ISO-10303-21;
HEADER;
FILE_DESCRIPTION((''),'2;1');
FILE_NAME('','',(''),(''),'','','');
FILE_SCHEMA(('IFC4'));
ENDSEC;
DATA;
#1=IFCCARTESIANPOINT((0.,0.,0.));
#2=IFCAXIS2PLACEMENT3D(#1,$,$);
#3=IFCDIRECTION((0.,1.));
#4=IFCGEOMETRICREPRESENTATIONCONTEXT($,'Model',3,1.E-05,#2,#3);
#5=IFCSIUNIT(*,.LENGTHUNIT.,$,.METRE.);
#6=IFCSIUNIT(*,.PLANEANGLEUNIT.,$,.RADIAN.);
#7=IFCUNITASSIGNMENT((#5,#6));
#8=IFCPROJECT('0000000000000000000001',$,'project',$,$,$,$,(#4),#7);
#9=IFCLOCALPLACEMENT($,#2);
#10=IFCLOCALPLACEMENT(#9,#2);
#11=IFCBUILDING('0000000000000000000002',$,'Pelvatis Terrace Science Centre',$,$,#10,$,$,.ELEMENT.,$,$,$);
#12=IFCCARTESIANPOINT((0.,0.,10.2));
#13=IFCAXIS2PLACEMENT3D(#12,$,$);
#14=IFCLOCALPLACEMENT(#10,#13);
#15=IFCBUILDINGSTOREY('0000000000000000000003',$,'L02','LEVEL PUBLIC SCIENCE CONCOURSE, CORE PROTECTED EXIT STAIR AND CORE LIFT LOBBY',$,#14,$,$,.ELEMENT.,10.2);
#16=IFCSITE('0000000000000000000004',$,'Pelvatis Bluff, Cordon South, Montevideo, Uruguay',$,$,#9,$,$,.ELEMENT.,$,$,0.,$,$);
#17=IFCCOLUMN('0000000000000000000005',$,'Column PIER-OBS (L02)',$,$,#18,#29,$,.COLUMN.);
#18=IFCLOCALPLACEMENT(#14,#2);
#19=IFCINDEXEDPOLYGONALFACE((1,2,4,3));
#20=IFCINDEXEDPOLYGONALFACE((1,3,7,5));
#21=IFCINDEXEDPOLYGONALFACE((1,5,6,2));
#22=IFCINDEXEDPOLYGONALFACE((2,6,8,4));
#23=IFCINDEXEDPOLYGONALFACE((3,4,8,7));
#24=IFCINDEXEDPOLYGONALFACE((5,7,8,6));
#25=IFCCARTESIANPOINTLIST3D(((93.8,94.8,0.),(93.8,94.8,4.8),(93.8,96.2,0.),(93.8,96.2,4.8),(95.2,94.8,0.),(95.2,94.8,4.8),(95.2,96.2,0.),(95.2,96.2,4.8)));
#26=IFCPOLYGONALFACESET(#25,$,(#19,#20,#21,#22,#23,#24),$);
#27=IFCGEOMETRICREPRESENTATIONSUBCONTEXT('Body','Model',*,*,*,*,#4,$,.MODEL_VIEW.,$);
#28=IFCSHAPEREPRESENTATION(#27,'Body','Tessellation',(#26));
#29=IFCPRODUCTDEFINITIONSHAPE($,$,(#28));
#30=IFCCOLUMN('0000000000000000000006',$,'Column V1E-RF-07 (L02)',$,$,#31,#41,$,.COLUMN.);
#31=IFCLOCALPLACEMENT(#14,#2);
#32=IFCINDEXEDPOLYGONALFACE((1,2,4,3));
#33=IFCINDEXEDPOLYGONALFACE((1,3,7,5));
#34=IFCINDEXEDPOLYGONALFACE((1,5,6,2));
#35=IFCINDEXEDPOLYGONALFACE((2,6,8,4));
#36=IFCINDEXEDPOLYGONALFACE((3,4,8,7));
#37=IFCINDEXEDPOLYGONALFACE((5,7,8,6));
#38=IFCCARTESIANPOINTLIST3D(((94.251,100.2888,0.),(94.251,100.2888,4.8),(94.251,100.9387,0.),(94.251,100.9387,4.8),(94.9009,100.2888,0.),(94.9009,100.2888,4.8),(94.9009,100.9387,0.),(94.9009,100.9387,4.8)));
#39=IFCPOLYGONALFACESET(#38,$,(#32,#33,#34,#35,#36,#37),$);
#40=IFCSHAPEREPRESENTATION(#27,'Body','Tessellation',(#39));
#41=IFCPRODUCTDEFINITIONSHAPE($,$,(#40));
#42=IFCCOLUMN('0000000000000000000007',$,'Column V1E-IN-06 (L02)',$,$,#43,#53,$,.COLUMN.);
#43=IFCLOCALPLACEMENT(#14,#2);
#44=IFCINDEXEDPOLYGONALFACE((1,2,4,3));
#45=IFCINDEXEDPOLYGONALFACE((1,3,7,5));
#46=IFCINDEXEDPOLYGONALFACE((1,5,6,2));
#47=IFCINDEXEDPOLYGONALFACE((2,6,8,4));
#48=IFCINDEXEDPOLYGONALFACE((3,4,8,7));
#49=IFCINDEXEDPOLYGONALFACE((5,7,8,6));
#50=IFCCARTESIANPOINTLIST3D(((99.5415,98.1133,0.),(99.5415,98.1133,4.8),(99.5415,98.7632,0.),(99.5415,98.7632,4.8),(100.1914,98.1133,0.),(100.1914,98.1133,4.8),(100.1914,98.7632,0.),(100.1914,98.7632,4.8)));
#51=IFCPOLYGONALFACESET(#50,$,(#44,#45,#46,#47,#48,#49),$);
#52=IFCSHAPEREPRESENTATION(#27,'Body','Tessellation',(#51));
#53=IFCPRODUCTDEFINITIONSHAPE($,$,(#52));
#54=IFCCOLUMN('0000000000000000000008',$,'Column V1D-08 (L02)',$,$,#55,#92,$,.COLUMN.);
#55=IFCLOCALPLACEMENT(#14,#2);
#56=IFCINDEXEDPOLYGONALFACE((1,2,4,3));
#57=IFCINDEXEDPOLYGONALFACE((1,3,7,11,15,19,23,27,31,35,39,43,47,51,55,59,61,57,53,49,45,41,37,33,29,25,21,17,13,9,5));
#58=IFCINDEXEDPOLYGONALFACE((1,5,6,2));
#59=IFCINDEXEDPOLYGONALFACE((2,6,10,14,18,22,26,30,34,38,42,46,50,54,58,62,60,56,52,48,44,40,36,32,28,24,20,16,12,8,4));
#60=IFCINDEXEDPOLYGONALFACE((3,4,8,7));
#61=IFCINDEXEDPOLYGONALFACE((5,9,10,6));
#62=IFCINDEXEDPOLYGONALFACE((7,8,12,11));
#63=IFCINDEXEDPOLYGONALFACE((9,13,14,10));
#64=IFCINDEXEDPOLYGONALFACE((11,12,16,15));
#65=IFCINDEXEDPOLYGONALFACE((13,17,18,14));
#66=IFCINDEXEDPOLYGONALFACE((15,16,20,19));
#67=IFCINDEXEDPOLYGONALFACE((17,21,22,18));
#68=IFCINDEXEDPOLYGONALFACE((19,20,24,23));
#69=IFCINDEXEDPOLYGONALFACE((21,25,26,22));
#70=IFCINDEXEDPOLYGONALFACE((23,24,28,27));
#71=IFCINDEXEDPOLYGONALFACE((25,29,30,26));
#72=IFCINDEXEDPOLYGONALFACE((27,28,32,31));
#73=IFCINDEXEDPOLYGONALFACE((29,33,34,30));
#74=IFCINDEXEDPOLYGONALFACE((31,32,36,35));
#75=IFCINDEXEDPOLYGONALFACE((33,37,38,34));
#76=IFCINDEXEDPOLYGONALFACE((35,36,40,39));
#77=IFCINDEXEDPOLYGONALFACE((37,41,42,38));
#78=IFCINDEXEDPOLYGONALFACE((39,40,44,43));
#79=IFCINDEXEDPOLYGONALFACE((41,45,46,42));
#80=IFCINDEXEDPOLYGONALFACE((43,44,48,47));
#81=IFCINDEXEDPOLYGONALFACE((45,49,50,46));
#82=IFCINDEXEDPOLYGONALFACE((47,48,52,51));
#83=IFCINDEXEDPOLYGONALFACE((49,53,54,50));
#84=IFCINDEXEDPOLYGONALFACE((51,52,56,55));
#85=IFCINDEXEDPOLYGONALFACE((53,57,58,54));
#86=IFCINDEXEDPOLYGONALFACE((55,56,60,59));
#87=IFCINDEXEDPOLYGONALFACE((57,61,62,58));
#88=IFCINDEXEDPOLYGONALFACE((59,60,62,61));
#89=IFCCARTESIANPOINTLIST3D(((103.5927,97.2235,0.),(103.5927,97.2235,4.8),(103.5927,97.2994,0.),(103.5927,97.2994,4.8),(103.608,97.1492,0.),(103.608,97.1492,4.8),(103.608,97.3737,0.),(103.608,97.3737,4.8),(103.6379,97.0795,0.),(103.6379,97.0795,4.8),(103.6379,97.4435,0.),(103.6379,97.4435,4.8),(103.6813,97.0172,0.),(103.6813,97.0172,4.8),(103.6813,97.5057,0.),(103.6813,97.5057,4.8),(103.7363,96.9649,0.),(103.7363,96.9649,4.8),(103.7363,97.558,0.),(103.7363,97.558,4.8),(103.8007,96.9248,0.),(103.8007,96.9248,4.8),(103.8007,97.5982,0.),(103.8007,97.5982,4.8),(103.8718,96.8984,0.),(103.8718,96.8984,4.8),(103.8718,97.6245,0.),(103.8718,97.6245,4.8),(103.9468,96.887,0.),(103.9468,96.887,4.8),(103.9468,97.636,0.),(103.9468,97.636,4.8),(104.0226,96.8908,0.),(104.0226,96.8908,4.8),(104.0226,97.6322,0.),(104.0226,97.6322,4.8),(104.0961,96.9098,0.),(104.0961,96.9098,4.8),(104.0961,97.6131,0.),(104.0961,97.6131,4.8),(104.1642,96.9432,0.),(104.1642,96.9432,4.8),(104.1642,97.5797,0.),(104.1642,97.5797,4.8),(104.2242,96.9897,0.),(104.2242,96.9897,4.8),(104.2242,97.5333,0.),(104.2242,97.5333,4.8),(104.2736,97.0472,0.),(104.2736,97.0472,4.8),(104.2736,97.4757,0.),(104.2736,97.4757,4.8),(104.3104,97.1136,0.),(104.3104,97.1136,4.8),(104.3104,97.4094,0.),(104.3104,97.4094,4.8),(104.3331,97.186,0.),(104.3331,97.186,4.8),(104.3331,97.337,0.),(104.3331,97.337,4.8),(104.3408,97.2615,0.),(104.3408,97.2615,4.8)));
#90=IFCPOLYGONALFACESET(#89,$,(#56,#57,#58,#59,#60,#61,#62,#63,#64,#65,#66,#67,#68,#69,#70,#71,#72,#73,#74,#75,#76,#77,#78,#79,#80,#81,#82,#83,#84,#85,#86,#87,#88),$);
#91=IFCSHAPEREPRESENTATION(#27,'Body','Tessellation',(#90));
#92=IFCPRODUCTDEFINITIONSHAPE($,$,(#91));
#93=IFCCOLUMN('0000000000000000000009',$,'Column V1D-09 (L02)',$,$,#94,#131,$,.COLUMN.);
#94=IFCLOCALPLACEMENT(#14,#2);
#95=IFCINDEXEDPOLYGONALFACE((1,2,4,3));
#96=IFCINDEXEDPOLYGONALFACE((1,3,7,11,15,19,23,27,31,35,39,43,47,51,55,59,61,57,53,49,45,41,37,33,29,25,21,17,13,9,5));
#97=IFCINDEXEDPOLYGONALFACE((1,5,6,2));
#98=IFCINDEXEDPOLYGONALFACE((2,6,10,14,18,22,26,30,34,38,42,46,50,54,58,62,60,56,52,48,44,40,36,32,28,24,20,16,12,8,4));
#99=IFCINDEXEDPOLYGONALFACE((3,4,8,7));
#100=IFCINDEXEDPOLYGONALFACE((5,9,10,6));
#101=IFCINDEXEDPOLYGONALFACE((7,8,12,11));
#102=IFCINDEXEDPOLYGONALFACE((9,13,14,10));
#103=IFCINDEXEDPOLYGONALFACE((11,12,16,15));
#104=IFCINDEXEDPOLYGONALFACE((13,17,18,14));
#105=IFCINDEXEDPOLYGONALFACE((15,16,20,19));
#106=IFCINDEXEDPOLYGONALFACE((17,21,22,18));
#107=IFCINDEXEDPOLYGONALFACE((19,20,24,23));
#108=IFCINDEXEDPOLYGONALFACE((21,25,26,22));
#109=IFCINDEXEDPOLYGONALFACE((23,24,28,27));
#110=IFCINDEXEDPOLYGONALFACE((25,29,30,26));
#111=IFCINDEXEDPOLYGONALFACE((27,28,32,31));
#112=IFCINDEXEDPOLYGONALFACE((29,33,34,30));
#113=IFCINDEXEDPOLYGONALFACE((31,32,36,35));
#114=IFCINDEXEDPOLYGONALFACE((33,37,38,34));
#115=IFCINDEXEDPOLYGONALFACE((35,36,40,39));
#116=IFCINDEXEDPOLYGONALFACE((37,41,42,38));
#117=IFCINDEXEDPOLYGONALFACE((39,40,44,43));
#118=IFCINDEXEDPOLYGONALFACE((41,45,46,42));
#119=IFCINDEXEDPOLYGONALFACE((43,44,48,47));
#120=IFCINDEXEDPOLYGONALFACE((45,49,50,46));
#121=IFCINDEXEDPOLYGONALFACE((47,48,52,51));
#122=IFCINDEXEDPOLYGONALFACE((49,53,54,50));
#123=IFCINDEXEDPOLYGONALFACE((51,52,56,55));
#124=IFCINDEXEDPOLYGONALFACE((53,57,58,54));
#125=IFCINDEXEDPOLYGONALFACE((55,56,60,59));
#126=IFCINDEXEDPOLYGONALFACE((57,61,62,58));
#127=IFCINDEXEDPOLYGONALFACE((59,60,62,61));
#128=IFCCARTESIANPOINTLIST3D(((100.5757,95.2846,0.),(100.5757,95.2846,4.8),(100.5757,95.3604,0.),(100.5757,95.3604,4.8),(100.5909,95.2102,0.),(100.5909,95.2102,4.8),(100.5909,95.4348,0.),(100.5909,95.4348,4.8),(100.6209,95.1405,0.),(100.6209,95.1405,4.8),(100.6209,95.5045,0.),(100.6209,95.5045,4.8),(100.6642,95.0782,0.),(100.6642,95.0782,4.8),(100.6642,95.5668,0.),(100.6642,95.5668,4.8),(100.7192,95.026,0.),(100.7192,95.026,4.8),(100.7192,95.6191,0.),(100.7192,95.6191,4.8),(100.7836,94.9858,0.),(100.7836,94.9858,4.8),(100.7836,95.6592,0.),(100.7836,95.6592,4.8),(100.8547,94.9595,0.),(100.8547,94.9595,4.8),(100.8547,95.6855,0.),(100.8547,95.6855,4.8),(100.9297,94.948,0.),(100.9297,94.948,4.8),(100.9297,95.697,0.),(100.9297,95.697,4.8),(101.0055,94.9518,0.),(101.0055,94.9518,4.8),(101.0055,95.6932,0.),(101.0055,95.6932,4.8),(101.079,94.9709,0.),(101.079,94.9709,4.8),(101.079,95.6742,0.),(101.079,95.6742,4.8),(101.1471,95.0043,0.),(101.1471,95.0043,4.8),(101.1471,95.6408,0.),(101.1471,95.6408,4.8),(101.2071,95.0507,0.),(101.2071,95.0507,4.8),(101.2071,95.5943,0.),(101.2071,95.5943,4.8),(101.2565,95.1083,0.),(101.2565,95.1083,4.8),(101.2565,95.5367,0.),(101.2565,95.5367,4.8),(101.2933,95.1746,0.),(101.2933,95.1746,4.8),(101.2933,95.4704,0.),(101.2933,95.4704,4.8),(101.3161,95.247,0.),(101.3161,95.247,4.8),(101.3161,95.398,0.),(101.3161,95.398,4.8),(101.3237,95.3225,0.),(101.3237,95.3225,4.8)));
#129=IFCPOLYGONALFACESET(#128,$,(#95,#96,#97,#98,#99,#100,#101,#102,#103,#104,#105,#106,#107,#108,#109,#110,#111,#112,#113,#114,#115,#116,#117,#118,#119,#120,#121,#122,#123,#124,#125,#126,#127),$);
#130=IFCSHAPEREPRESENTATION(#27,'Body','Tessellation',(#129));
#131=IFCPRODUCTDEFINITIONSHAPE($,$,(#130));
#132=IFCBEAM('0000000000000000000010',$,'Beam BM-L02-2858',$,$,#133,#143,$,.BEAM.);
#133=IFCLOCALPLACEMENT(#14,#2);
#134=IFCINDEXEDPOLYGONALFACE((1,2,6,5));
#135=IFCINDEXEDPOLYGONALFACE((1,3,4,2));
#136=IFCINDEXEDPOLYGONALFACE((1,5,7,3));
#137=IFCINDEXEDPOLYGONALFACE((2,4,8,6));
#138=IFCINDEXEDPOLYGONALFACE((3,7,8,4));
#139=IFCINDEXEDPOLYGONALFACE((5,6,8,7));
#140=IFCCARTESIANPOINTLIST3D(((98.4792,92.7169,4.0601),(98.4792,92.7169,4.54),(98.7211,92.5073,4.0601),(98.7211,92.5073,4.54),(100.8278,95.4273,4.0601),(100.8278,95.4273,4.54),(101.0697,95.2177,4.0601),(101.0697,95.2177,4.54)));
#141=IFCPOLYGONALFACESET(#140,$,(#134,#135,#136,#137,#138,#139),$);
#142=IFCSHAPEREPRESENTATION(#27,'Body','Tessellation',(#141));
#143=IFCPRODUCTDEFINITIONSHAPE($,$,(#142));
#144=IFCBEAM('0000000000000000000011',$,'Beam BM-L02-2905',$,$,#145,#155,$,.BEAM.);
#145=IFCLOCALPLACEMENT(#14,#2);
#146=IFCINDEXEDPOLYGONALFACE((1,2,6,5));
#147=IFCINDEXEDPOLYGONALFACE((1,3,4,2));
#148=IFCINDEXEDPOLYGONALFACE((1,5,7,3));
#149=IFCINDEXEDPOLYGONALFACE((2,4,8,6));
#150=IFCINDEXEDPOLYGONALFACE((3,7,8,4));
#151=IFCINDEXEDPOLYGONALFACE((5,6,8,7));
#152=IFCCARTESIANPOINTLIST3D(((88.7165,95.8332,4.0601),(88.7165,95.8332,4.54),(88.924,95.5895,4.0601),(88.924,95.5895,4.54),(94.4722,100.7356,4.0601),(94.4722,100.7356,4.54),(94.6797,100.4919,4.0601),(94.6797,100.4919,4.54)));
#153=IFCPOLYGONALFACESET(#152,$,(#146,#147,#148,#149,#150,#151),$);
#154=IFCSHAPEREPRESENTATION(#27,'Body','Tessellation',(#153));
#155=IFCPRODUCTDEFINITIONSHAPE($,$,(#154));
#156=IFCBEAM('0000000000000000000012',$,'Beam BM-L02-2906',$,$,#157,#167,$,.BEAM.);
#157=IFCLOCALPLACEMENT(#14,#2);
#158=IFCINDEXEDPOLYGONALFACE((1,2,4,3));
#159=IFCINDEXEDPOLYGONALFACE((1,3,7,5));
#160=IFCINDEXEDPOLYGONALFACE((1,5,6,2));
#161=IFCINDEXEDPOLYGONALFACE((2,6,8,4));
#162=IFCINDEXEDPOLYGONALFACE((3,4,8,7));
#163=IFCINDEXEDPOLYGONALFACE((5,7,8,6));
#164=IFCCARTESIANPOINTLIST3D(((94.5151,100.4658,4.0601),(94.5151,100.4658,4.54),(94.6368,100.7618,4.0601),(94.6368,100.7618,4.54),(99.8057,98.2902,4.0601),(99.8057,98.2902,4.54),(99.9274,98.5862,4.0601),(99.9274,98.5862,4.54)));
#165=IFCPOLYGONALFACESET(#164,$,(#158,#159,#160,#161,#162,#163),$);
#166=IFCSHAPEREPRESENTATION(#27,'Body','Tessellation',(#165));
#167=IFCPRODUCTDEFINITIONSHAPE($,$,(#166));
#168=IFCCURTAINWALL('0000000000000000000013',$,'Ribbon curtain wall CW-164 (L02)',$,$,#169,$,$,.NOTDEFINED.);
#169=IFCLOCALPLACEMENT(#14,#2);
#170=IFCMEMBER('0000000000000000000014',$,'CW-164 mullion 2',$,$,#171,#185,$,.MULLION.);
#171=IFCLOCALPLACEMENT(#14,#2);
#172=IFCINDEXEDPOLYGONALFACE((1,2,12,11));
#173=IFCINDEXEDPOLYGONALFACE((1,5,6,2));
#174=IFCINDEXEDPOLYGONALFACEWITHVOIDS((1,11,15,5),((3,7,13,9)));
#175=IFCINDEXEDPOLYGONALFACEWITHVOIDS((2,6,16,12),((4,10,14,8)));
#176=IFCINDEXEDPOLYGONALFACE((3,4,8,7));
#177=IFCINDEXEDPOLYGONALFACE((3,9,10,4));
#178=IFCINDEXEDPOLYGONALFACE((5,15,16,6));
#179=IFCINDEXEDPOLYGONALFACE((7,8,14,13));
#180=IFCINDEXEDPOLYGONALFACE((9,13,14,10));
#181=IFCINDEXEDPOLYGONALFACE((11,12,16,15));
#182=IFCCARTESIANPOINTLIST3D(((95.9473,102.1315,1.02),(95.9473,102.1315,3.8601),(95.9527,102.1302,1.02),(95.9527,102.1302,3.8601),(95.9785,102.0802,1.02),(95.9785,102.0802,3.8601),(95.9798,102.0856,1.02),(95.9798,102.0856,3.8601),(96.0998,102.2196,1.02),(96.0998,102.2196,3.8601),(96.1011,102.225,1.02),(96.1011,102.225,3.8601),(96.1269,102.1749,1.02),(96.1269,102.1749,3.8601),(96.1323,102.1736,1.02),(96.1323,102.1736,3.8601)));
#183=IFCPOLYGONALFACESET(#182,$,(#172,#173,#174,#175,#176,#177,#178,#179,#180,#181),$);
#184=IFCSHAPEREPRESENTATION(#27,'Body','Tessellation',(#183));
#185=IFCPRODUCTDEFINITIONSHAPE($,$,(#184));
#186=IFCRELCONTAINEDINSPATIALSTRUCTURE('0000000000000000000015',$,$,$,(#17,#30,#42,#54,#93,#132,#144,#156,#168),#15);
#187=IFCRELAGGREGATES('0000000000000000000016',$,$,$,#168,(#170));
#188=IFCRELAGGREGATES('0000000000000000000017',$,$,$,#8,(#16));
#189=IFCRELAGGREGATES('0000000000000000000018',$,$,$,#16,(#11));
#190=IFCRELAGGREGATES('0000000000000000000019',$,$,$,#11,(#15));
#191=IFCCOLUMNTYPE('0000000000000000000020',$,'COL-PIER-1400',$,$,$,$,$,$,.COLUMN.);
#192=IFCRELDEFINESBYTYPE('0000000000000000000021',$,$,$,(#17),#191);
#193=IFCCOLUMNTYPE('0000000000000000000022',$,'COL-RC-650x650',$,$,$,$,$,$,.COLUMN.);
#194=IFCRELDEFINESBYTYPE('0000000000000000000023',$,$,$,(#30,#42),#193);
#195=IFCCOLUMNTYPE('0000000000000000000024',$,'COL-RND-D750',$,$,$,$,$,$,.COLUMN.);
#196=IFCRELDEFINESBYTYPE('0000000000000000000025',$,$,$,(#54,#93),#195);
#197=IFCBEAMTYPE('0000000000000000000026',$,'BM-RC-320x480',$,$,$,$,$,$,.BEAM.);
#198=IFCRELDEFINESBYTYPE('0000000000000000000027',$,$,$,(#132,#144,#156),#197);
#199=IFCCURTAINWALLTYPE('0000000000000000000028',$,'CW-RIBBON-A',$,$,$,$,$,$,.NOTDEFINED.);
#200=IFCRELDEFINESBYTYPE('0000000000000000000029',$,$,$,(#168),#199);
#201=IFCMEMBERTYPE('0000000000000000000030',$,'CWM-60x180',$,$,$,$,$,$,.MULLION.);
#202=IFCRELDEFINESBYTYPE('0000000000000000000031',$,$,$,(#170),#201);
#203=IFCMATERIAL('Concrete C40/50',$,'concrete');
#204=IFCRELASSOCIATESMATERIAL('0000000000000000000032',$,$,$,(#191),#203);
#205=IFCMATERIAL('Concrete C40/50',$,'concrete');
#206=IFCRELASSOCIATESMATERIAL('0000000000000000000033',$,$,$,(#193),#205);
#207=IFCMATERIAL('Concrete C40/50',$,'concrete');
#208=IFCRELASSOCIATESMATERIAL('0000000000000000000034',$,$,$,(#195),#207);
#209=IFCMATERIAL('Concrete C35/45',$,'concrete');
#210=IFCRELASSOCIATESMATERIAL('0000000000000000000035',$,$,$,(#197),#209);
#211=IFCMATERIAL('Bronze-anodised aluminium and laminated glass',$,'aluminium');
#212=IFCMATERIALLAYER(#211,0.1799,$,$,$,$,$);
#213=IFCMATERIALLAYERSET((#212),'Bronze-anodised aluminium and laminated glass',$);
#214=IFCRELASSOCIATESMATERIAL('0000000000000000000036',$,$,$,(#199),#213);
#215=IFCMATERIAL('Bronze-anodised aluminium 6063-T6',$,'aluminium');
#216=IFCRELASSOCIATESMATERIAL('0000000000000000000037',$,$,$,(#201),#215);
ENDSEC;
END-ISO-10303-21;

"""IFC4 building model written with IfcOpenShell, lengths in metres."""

from ifc_helpers import new_model, si_unit, direction, frame, origin, origin_2d, place, context, subcontext, project, spatial, rectangle, hollow_rectangle, circle, extrude, material, layer, layer_set, material_profile, profile_set, type_object, element, aggregate, save


model = new_model("IFC4")

# Units and contexts
model_context = context("Model", 3, precision=1e-05, world=origin(), true_north=direction((0.0, 1.0)))
body_context = subcontext(model_context, "Body", "Model", "MODEL_VIEW")
ifc_project = project(units=[si_unit("LENGTHUNIT", "METRE"), si_unit("PLANEANGLEUNIT", "RADIAN")], contexts=[model_context])

# Site, building, storey
site_placement = place(None, origin())
site = spatial("IfcSite", under=ifc_project, at=site_placement, Name="Pelvatis Bluff, Cordon South, Montevideo, Uruguay", CompositionType="ELEMENT", RefElevation=0.0)
building_placement = place(site_placement, origin())
building = spatial("IfcBuilding", under=site, at=building_placement, Name="Pelvatis Terrace Science Centre", CompositionType="ELEMENT")
storey_placement = place(building_placement, frame((0.0, 0.0, 10.2)))
storey = spatial("IfcBuildingStorey", under=building, at=storey_placement, Name="L02", Description="LEVEL PUBLIC SCIENCE CONCOURSE, CORE PROTECTED EXIT STAIR AND CORE LIFT LOBBY", CompositionType="ELEMENT", Elevation=10.2)

# Columns
ifc_material_1 = material(Name="Concrete C40/50", Category="concrete")
ifc_material_profile_1 = material_profile(ifc_material_1, rectangle(XDim=1.3999, YDim=1.3999, at=origin_2d()), Name="RC-COL 1400x1400")
ifc_profile_set_1 = profile_set([ifc_material_profile_1], Name="Concrete C40/50")
column_type_1 = type_object("IfcColumnType", Name="COL-PIER-1400", PredefinedType="COLUMN", material=ifc_profile_set_1)
column_placement = place(storey_placement, frame((94.5, 95.5, 0.0), z_axis=(0.0, 0.0, 1.0), x_axis=(1.0, 0.0, 0.0)))
element("IfcColumn", 1, at=column_placement, inside=storey, type_object=column_type_1, Name="Column PIER-OBS (L02)", PredefinedType="COLUMN", context=body_context, shape_type="SweptSolid", body=[
    extrude(rectangle(XDim=1.3999, YDim=1.3999, at=origin_2d()), origin(), (0.0, 0.0, 1.0), 4.8),
])
ifc_material_2 = material(Name="Concrete C40/50", Category="concrete")
ifc_material_profile_2 = material_profile(ifc_material_2, rectangle(XDim=0.6499, YDim=0.6499, at=origin_2d()), Name="RC-COL 650x650")
ifc_profile_set_2 = profile_set([ifc_material_profile_2], Name="Concrete C40/50")
column_type_2 = type_object("IfcColumnType", Name="COL-RC-650x650", PredefinedType="COLUMN", material=ifc_profile_set_2)
for number, where, z_axis, x_axis, name in (
    (2, (94.5759, 100.6138, 0.0), (0.0, 0.0, 1.0), (1.0, 0.0, 0.0), "Column V1E-RF-07 (L02)"),
    (3, (99.8665, 98.4382, 0.0), (0.0, 0.0, 1.0), (1.0, 0.0, 0.0), "Column V1E-IN-06 (L02)"),
):
    element("IfcColumn", number, at=place(storey_placement, frame(where, z_axis=z_axis, x_axis=x_axis)), inside=storey, type_object=column_type_2, Name=name, PredefinedType="COLUMN", context=body_context, shape_type="SweptSolid", body=[
        extrude(rectangle(XDim=0.6499, YDim=0.6499, at=origin_2d()), origin(), (0.0, 0.0, 1.0), 4.8),
    ])
ifc_material_3 = material(Name="Concrete C40/50", Category="concrete")
ifc_material_profile_3 = material_profile(ifc_material_3, circle(Radius=0.375, at=origin_2d()), Name="RC-RCOL D750")
ifc_profile_set_3 = profile_set([ifc_material_profile_3], Name="Concrete C40/50")
column_type_3 = type_object("IfcColumnType", Name="COL-RND-D750", PredefinedType="COLUMN", material=ifc_profile_set_3)
for number, where, z_axis, x_axis, name in (
    (4, (103.9658, 97.2615, 0.0), (0.0, 0.0, 1.0), (1.0, 0.0, 0.0), "Column V1D-08 (L02)"),
    (5, (100.9487, 95.3225, 0.0), (0.0, 0.0, 1.0), (1.0, 0.0, 0.0), "Column V1D-09 (L02)"),
):
    element("IfcColumn", number, at=place(storey_placement, frame(where, z_axis=z_axis, x_axis=x_axis)), inside=storey, type_object=column_type_3, Name=name, PredefinedType="COLUMN", context=body_context, shape_type="SweptSolid", body=[
        extrude(circle(Radius=0.375, at=origin_2d()), origin(), (0.0, 0.0, 1.0), 4.8),
    ])

# Beams
ifc_material_4 = material(Name="Concrete C35/45", Category="concrete")
ifc_material_profile_4 = material_profile(ifc_material_4, rectangle(XDim=0.3201, YDim=0.48, at=origin_2d()), Name="RC-BM 320x480")
ifc_profile_set_4 = profile_set([ifc_material_profile_4], Name="Concrete C35/45")
beam_type = type_object("IfcBeamType", Name="BM-RC-320x480", PredefinedType="BEAM", material=ifc_profile_set_4)
beam_1_placement = place(storey_placement, frame((100.9487, 95.3225, 4.3), z_axis=(-0.654863, -0.755747, 0.0), x_axis=(0.755747, -0.654863, 0.0)))
element("IfcBeam", 6, at=beam_1_placement, inside=storey, type_object=beam_type, Name="Beam BM-L02-2858", PredefinedType="BEAM", context=body_context, shape_type="SweptSolid", body=[
    extrude(rectangle(XDim=0.3201, YDim=0.48, at=origin_2d()), origin(), (0.0, 0.0, 1.0), 3.5864),
])
beam_2_placement = place(storey_placement, frame((94.5759, 100.6138, 4.3), z_axis=(-0.761282, -0.648421, 0.0), x_axis=(0.648421, -0.761282, 0.0)))
element("IfcBeam", 7, at=beam_2_placement, inside=storey, type_object=beam_type, Name="Beam BM-L02-2905", PredefinedType="BEAM", context=body_context, shape_type="SweptSolid", body=[
    extrude(rectangle(XDim=0.3201, YDim=0.48, at=origin_2d()), origin(), (0.0, 0.0, 1.0), 7.5605),
])
beam_3_placement = place(storey_placement, frame((94.5759, 100.6138, 4.3), z_axis=(0.924857, -0.380314, 0.0), x_axis=(0.380314, 0.924857, 0.0)))
element("IfcBeam", 8, at=beam_3_placement, inside=storey, type_object=beam_type, Name="Beam BM-L02-2906", PredefinedType="BEAM", context=body_context, shape_type="SweptSolid", body=[
    extrude(rectangle(XDim=0.3201, YDim=0.48, at=origin_2d()), origin(), (0.0, 0.0, 1.0), 5.7205),
])

# Curtain wall, member
ifc_material_5 = material(Name="Bronze-anodised aluminium and laminated glass", Category="aluminium")
ifc_layer_1 = layer(ifc_material_5, 0.1799)
ifc_layer_set_1 = layer_set([ifc_layer_1], Name="Bronze-anodised aluminium and laminated glass")
curtain_wall_type = type_object("IfcCurtainWallType", Name="CW-RIBBON-A", PredefinedType="NOTDEFINED", material=ifc_layer_set_1)
curtain_wall_placement = place(storey_placement, origin())
curtain_wall = element("IfcCurtainWall", 9, at=curtain_wall_placement, inside=storey, type_object=curtain_wall_type, Name="Ribbon curtain wall CW-164 (L02)", PredefinedType="NOTDEFINED")
ifc_material_6 = material(Name="Bronze-anodised aluminium 6063-T6", Category="aluminium")
ifc_material_profile_5 = material_profile(ifc_material_6, hollow_rectangle(XDim=0.0601, YDim=0.1799, WallThickness=0.0039, at=origin_2d()), Name="ALU-MUL 60x180")
ifc_profile_set_5 = profile_set([ifc_material_profile_5], Name="Bronze-anodised aluminium 6063-T6")
member_type_1 = type_object("IfcMemberType", Name="CWM-60x180", PredefinedType="MULLION", material=ifc_profile_set_5)
member_1_placement = place(storey_placement, frame((96.0398, 102.1526, 1.02), z_axis=(0.0, 0.0, 1.0), x_axis=(0.51919, -0.854659, 0.0)))
member_1 = element("IfcMember", 10, at=member_1_placement, type_object=member_type_1, Name="CW-164 mullion 2", PredefinedType="MULLION", context=body_context, shape_type="SweptSolid", body=[
    extrude(hollow_rectangle(XDim=0.0601, YDim=0.1799, WallThickness=0.0039, at=origin_2d()), origin(), (0.0, 0.0, 1.0), 2.8401),
])
aggregate(curtain_wall, [member_1])

save(model, "model.ifc")
